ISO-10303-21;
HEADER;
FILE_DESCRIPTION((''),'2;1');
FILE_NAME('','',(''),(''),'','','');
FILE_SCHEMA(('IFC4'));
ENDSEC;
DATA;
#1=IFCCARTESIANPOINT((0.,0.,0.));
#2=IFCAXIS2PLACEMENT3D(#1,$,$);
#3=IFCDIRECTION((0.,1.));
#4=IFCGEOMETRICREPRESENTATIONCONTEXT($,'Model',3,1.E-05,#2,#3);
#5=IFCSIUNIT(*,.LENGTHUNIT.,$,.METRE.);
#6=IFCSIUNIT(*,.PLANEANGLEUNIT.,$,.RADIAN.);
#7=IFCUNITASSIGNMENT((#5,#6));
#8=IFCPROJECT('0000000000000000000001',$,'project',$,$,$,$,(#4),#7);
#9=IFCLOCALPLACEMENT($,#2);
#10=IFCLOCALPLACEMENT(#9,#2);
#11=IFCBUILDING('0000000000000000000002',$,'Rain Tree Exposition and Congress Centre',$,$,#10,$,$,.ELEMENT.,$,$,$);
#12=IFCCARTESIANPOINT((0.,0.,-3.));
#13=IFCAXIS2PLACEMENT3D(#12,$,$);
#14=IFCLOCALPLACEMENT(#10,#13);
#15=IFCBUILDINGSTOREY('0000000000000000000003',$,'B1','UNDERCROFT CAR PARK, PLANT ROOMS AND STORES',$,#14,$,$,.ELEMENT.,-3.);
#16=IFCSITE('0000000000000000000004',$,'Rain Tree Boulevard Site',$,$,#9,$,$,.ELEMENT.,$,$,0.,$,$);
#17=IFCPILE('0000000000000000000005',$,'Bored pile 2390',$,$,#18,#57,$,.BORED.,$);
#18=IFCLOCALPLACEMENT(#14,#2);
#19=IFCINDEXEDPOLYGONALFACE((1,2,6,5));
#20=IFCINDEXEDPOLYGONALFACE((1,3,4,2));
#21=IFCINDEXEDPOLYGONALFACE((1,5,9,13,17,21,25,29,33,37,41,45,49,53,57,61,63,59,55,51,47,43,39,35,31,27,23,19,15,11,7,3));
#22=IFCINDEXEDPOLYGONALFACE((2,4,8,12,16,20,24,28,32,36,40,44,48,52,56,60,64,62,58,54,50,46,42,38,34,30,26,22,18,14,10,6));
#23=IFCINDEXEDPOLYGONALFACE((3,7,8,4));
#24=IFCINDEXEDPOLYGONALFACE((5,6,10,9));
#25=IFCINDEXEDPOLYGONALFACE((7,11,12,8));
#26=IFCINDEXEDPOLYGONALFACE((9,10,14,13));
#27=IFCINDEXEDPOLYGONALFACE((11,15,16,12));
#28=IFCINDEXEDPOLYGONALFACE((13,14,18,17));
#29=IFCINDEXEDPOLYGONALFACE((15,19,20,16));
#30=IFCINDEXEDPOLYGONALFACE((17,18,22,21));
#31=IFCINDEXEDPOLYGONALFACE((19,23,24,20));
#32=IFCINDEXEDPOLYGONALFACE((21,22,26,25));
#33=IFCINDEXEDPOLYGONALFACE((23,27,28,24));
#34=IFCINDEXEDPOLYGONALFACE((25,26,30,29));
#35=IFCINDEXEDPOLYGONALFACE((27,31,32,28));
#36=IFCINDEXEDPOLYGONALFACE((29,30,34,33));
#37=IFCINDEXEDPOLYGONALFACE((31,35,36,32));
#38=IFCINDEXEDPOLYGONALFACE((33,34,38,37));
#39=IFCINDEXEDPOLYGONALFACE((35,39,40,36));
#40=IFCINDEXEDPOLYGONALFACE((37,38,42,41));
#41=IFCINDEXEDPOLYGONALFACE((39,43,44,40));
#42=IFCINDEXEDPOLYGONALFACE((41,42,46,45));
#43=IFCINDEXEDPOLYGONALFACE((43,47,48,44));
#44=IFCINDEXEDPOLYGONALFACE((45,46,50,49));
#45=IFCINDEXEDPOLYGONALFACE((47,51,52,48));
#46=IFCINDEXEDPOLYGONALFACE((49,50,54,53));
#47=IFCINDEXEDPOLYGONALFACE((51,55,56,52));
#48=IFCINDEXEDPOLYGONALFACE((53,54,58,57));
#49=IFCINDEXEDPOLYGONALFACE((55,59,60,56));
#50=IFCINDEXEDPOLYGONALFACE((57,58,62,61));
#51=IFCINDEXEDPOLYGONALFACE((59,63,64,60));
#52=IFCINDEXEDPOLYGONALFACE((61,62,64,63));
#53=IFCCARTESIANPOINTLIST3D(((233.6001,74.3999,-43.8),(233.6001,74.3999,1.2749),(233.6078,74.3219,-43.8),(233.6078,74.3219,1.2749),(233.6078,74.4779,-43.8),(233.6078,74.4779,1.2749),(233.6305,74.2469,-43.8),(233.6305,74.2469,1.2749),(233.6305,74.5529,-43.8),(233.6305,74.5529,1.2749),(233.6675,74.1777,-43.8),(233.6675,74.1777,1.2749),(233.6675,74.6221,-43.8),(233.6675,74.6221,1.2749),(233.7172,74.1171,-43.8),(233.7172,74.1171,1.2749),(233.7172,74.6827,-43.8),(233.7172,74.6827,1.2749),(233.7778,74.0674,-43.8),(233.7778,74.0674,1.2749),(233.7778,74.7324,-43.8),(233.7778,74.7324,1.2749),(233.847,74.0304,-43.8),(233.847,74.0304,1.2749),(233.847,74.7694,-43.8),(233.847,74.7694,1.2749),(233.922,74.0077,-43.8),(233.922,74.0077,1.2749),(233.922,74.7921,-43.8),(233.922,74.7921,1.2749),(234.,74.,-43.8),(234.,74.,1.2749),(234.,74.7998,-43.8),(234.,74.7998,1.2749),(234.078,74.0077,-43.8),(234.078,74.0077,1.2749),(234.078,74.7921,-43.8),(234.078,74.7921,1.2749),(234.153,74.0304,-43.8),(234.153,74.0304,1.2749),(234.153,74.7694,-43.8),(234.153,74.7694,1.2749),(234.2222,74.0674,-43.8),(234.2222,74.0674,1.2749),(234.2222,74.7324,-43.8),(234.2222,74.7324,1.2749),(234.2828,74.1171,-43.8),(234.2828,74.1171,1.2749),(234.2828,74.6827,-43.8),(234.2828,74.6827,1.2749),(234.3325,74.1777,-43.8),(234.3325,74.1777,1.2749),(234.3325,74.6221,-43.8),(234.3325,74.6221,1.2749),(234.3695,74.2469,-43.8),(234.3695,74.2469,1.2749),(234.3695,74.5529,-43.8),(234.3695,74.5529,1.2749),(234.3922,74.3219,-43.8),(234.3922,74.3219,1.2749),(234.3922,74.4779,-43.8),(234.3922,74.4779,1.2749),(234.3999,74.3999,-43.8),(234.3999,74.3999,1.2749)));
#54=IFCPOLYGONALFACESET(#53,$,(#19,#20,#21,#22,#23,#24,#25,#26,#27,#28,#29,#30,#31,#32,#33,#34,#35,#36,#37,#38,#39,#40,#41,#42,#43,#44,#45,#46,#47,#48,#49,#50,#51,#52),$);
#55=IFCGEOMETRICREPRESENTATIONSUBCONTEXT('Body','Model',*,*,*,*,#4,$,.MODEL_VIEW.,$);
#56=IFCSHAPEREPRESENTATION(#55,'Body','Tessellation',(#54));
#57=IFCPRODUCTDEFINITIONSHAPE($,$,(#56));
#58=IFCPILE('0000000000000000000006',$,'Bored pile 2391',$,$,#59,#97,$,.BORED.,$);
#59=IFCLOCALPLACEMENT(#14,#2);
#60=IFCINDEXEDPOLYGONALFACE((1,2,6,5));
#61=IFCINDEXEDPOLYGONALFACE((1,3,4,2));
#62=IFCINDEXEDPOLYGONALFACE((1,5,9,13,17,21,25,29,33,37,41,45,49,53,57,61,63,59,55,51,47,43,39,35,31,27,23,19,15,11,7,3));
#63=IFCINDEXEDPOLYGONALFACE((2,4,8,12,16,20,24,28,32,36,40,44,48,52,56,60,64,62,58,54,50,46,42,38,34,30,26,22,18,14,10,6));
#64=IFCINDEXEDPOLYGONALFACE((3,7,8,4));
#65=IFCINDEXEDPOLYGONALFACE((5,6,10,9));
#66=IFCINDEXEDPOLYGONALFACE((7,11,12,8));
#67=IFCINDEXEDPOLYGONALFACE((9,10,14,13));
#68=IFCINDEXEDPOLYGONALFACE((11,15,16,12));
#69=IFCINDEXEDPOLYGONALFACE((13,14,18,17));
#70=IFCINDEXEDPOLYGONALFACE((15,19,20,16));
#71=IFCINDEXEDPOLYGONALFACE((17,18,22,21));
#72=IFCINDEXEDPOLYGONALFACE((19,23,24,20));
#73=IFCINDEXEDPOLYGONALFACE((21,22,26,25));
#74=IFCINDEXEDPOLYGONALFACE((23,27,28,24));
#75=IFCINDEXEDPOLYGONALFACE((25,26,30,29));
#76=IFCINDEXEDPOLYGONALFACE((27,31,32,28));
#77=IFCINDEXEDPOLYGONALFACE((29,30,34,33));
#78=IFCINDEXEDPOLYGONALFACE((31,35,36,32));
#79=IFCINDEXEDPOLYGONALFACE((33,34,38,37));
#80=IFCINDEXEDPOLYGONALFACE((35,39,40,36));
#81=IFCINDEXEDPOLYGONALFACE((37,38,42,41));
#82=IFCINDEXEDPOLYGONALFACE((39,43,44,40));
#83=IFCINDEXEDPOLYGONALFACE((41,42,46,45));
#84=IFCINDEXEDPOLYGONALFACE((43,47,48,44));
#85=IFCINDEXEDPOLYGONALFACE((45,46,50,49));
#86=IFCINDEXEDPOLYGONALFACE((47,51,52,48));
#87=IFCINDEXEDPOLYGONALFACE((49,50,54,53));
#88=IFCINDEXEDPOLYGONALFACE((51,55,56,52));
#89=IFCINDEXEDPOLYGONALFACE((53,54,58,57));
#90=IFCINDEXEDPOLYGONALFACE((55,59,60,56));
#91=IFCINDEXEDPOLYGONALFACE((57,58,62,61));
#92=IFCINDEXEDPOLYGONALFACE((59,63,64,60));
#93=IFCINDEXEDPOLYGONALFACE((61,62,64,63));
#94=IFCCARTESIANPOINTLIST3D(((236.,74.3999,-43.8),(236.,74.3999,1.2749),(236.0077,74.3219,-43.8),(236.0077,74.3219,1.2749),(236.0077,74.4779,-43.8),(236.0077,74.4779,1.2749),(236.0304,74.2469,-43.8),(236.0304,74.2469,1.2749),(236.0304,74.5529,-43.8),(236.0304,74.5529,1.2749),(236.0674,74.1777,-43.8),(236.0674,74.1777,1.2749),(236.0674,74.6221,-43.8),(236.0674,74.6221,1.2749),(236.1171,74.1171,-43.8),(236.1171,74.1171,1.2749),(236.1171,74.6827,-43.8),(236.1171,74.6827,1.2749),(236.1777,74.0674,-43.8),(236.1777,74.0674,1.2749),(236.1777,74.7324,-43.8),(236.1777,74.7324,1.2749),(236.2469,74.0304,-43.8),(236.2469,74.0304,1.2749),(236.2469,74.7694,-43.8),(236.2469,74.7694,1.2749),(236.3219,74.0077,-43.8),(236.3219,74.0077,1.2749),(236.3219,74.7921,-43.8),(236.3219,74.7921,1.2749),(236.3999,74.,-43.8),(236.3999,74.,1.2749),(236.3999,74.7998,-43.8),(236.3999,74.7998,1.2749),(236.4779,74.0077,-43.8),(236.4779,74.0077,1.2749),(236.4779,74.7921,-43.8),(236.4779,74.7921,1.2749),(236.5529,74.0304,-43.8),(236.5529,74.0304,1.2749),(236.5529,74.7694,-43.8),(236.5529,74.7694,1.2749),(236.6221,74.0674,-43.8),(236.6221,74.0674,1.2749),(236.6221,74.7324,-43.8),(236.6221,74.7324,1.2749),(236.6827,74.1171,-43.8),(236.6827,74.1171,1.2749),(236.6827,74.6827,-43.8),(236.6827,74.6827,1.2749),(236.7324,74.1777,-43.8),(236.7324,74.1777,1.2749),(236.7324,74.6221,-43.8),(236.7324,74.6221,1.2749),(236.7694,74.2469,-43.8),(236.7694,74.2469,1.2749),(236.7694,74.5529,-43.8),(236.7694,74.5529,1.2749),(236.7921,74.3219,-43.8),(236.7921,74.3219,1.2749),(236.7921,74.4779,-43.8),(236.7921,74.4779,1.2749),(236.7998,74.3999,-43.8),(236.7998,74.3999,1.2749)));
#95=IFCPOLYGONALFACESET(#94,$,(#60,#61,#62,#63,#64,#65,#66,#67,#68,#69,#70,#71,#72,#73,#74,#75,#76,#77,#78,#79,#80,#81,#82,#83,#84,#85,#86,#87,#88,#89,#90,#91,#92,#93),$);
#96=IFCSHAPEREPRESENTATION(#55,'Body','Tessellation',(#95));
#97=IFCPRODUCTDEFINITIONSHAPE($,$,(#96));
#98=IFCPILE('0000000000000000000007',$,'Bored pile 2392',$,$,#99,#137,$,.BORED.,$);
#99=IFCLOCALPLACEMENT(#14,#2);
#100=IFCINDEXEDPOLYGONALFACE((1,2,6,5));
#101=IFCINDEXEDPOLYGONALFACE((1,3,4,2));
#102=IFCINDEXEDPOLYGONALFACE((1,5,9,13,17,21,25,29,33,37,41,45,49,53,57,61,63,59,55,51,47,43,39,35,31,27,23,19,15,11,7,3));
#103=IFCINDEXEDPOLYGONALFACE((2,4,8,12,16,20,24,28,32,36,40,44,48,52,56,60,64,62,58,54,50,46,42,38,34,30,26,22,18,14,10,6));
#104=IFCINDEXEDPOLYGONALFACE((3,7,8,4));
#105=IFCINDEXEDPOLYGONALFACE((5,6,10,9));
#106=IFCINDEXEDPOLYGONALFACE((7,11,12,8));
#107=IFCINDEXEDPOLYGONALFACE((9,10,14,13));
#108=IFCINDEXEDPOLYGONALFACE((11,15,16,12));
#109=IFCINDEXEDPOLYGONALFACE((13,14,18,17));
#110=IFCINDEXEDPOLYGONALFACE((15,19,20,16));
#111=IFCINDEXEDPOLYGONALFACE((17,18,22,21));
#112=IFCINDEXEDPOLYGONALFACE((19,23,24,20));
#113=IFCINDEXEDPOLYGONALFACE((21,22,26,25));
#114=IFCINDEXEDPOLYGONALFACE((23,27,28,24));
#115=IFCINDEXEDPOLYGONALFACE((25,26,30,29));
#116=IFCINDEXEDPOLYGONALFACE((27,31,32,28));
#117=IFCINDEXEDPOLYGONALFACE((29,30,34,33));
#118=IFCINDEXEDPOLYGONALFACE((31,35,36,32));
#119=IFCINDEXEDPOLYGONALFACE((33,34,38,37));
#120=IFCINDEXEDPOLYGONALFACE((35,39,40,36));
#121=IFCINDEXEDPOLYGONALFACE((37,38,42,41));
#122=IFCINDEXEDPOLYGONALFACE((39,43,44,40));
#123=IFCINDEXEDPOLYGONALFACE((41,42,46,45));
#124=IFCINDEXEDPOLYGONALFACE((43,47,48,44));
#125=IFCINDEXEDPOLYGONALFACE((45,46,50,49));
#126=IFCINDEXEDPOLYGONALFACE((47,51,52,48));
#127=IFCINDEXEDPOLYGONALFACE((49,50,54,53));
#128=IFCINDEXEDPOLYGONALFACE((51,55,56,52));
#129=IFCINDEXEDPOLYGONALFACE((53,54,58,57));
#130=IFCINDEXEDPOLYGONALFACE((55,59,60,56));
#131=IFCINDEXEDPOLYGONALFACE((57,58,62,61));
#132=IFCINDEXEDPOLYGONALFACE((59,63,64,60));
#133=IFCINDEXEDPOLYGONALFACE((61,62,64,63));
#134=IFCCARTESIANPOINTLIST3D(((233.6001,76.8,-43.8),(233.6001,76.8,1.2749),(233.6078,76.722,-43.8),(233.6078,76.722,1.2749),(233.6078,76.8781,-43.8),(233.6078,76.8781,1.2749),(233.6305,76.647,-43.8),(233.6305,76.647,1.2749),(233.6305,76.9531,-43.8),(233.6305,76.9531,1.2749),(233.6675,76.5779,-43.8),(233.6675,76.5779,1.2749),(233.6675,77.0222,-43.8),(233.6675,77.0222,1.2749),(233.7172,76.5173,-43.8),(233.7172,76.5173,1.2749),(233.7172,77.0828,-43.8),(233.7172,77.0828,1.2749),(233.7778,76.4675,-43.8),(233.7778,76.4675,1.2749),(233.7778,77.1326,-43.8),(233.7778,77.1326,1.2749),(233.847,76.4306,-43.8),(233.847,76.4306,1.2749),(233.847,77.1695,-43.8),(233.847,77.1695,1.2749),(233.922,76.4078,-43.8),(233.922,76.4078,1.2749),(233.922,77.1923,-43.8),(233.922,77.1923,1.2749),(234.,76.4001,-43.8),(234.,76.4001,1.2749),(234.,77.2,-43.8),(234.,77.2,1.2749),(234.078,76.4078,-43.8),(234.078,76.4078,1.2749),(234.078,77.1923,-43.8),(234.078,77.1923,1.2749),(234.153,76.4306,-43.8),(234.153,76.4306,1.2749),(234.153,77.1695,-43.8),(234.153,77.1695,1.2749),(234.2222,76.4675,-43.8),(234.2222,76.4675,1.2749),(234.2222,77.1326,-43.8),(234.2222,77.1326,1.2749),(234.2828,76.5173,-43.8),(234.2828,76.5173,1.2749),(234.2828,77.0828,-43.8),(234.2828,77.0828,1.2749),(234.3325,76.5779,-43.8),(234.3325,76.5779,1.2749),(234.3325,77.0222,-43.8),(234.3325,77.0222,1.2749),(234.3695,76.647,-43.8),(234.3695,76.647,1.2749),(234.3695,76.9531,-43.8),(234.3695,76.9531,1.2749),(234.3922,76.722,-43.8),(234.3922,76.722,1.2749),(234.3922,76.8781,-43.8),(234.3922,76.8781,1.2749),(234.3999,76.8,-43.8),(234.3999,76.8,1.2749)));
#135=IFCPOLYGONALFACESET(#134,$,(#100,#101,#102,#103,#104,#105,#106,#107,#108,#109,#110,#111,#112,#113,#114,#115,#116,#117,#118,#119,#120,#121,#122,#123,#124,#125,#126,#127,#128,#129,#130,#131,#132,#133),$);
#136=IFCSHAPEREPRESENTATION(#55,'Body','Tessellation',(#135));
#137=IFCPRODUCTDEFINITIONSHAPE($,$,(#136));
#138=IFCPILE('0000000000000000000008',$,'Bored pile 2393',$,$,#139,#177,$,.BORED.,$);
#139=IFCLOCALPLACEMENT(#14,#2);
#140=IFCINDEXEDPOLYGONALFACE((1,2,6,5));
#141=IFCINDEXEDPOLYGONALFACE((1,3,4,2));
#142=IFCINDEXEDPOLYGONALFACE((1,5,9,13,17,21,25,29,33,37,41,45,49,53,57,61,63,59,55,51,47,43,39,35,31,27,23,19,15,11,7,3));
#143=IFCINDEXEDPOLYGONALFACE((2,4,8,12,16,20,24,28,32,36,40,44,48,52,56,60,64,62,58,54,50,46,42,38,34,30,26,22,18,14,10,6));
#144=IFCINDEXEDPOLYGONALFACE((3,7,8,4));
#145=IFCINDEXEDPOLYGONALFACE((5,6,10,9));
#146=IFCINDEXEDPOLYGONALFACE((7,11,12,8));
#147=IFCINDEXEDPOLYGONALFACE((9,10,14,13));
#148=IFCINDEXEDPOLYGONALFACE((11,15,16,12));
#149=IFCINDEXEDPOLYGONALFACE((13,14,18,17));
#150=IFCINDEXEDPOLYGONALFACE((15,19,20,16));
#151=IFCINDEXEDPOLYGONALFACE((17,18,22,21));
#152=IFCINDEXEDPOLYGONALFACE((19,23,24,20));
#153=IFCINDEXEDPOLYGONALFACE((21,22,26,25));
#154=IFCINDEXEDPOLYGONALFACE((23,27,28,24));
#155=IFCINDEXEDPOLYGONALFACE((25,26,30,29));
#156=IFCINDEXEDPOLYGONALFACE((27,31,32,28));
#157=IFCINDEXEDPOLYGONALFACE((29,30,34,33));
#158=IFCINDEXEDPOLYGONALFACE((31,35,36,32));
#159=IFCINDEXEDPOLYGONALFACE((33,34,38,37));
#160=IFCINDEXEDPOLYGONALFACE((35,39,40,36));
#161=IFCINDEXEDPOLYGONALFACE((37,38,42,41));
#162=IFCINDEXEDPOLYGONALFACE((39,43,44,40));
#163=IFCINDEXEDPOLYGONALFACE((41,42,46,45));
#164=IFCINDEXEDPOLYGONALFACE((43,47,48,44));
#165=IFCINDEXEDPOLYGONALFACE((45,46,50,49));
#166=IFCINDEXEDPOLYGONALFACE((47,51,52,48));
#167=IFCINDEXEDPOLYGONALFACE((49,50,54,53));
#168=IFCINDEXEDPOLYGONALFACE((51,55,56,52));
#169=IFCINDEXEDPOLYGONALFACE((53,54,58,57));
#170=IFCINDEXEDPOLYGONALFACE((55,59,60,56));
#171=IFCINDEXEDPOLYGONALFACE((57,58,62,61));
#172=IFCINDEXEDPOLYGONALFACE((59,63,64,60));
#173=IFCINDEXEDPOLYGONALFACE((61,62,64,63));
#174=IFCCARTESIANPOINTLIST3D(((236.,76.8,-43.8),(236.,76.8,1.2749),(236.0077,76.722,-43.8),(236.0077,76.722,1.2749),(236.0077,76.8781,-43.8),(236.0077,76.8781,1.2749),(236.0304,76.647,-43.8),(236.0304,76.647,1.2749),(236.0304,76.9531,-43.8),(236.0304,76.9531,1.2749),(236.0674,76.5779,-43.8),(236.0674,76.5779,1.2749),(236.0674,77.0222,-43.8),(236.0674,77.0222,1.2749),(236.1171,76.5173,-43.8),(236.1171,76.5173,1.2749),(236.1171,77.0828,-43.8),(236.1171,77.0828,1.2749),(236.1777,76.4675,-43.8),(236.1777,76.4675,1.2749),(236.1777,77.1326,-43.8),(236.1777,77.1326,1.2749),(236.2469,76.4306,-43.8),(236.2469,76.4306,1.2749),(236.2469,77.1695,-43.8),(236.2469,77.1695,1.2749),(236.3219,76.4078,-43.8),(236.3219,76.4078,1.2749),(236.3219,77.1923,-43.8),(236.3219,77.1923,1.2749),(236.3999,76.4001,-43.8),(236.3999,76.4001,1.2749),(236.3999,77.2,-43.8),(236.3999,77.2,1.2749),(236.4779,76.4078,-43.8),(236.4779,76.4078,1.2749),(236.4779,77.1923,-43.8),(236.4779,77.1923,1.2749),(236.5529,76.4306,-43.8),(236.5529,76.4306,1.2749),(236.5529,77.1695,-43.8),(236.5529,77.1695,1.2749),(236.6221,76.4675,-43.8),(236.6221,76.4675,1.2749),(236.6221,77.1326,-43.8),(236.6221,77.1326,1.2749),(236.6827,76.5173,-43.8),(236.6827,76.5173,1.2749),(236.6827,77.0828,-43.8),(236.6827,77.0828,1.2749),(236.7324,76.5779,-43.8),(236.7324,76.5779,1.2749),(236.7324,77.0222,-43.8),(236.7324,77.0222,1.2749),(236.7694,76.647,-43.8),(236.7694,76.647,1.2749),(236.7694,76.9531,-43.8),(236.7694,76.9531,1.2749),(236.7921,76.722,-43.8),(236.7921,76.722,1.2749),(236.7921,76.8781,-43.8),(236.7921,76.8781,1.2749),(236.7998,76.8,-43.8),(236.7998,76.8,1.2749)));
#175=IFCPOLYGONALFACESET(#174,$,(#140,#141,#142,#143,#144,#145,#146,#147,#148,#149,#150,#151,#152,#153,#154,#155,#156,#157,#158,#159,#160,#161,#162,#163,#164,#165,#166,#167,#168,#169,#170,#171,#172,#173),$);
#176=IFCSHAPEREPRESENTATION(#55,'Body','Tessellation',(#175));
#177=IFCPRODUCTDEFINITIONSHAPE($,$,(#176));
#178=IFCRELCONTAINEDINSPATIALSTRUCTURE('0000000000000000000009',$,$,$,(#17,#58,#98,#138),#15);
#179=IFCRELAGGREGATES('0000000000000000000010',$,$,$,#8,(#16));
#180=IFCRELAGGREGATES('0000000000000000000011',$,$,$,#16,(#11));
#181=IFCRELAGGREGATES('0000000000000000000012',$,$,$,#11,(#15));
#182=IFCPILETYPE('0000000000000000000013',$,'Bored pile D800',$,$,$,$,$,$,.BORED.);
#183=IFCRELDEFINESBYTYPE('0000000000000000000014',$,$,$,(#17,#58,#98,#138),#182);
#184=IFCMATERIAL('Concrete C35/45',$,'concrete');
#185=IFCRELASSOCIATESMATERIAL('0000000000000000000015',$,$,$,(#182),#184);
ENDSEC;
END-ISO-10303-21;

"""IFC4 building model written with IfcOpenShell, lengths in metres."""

from ifc_helpers import new_model, si_unit, direction, frame, origin, origin_2d, place, context, subcontext, project, spatial, circle, extrude, material, material_profile, profile_set, type_object, element, save


model = new_model("IFC4")

# Units and contexts
model_context = context("Model", 3, precision=1e-05, world=origin(), true_north=direction((0.0, 1.0)))
body_context = subcontext(model_context, "Body", "Model", "MODEL_VIEW")
ifc_project = project(units=[si_unit("LENGTHUNIT", "METRE"), si_unit("PLANEANGLEUNIT", "RADIAN")], contexts=[model_context])

# Site, building, storey
site_placement = place(None, origin())
site = spatial("IfcSite", under=ifc_project, at=site_placement, Name="Rain Tree Boulevard Site", CompositionType="ELEMENT", RefElevation=0.0)
building_placement = place(site_placement, origin())
building = spatial("IfcBuilding", under=site, at=building_placement, Name="Rain Tree Exposition and Congress Centre", CompositionType="ELEMENT")
storey_placement = place(building_placement, frame((0.0, 0.0, -3.0)))
storey = spatial("IfcBuildingStorey", under=building, at=storey_placement, Name="B1", Description="UNDERCROFT CAR PARK, PLANT ROOMS AND STORES", CompositionType="ELEMENT", Elevation=-3.0)

# Piles
ifc_material_1 = material(Name="Concrete C35/45", Category="concrete")
ifc_material_profile_1 = material_profile(ifc_material_1, circle(Radius=0.3999, at=origin_2d()), Name="D800")
ifc_profile_set_1 = profile_set([ifc_material_profile_1], Name="Concrete C35/45")
pile_type_1 = type_object("IfcPileType", Name="Bored pile D800", PredefinedType="BORED", material=ifc_profile_set_1)
for number, where, z_axis, x_axis, name in (
    (1, (234.0, 74.3999, 1.2749), (0.0, 0.0, -1.0), (1.0, 0.0, 0.0), "Bored pile 2390"),
    (2, (236.3999, 74.3999, 1.2749), (0.0, 0.0, -1.0), (1.0, 0.0, 0.0), "Bored pile 2391"),
    (3, (234.0, 76.8, 1.2749), (0.0, 0.0, -1.0), (1.0, 0.0, 0.0), "Bored pile 2392"),
    (4, (236.3999, 76.8, 1.2749), (0.0, 0.0, -1.0), (1.0, 0.0, 0.0), "Bored pile 2393"),
):
    element("IfcPile", number, at=place(storey_placement, frame(where, z_axis=z_axis, x_axis=x_axis)), inside=storey, type_object=pile_type_1, Name=name, PredefinedType="BORED", context=body_context, shape_type="SweptSolid", body=[
        extrude(circle(Radius=0.3999, at=origin_2d()), origin(), (0.0, 0.0, 1.0), 45.075),
    ])

save(model, "model.ifc")
